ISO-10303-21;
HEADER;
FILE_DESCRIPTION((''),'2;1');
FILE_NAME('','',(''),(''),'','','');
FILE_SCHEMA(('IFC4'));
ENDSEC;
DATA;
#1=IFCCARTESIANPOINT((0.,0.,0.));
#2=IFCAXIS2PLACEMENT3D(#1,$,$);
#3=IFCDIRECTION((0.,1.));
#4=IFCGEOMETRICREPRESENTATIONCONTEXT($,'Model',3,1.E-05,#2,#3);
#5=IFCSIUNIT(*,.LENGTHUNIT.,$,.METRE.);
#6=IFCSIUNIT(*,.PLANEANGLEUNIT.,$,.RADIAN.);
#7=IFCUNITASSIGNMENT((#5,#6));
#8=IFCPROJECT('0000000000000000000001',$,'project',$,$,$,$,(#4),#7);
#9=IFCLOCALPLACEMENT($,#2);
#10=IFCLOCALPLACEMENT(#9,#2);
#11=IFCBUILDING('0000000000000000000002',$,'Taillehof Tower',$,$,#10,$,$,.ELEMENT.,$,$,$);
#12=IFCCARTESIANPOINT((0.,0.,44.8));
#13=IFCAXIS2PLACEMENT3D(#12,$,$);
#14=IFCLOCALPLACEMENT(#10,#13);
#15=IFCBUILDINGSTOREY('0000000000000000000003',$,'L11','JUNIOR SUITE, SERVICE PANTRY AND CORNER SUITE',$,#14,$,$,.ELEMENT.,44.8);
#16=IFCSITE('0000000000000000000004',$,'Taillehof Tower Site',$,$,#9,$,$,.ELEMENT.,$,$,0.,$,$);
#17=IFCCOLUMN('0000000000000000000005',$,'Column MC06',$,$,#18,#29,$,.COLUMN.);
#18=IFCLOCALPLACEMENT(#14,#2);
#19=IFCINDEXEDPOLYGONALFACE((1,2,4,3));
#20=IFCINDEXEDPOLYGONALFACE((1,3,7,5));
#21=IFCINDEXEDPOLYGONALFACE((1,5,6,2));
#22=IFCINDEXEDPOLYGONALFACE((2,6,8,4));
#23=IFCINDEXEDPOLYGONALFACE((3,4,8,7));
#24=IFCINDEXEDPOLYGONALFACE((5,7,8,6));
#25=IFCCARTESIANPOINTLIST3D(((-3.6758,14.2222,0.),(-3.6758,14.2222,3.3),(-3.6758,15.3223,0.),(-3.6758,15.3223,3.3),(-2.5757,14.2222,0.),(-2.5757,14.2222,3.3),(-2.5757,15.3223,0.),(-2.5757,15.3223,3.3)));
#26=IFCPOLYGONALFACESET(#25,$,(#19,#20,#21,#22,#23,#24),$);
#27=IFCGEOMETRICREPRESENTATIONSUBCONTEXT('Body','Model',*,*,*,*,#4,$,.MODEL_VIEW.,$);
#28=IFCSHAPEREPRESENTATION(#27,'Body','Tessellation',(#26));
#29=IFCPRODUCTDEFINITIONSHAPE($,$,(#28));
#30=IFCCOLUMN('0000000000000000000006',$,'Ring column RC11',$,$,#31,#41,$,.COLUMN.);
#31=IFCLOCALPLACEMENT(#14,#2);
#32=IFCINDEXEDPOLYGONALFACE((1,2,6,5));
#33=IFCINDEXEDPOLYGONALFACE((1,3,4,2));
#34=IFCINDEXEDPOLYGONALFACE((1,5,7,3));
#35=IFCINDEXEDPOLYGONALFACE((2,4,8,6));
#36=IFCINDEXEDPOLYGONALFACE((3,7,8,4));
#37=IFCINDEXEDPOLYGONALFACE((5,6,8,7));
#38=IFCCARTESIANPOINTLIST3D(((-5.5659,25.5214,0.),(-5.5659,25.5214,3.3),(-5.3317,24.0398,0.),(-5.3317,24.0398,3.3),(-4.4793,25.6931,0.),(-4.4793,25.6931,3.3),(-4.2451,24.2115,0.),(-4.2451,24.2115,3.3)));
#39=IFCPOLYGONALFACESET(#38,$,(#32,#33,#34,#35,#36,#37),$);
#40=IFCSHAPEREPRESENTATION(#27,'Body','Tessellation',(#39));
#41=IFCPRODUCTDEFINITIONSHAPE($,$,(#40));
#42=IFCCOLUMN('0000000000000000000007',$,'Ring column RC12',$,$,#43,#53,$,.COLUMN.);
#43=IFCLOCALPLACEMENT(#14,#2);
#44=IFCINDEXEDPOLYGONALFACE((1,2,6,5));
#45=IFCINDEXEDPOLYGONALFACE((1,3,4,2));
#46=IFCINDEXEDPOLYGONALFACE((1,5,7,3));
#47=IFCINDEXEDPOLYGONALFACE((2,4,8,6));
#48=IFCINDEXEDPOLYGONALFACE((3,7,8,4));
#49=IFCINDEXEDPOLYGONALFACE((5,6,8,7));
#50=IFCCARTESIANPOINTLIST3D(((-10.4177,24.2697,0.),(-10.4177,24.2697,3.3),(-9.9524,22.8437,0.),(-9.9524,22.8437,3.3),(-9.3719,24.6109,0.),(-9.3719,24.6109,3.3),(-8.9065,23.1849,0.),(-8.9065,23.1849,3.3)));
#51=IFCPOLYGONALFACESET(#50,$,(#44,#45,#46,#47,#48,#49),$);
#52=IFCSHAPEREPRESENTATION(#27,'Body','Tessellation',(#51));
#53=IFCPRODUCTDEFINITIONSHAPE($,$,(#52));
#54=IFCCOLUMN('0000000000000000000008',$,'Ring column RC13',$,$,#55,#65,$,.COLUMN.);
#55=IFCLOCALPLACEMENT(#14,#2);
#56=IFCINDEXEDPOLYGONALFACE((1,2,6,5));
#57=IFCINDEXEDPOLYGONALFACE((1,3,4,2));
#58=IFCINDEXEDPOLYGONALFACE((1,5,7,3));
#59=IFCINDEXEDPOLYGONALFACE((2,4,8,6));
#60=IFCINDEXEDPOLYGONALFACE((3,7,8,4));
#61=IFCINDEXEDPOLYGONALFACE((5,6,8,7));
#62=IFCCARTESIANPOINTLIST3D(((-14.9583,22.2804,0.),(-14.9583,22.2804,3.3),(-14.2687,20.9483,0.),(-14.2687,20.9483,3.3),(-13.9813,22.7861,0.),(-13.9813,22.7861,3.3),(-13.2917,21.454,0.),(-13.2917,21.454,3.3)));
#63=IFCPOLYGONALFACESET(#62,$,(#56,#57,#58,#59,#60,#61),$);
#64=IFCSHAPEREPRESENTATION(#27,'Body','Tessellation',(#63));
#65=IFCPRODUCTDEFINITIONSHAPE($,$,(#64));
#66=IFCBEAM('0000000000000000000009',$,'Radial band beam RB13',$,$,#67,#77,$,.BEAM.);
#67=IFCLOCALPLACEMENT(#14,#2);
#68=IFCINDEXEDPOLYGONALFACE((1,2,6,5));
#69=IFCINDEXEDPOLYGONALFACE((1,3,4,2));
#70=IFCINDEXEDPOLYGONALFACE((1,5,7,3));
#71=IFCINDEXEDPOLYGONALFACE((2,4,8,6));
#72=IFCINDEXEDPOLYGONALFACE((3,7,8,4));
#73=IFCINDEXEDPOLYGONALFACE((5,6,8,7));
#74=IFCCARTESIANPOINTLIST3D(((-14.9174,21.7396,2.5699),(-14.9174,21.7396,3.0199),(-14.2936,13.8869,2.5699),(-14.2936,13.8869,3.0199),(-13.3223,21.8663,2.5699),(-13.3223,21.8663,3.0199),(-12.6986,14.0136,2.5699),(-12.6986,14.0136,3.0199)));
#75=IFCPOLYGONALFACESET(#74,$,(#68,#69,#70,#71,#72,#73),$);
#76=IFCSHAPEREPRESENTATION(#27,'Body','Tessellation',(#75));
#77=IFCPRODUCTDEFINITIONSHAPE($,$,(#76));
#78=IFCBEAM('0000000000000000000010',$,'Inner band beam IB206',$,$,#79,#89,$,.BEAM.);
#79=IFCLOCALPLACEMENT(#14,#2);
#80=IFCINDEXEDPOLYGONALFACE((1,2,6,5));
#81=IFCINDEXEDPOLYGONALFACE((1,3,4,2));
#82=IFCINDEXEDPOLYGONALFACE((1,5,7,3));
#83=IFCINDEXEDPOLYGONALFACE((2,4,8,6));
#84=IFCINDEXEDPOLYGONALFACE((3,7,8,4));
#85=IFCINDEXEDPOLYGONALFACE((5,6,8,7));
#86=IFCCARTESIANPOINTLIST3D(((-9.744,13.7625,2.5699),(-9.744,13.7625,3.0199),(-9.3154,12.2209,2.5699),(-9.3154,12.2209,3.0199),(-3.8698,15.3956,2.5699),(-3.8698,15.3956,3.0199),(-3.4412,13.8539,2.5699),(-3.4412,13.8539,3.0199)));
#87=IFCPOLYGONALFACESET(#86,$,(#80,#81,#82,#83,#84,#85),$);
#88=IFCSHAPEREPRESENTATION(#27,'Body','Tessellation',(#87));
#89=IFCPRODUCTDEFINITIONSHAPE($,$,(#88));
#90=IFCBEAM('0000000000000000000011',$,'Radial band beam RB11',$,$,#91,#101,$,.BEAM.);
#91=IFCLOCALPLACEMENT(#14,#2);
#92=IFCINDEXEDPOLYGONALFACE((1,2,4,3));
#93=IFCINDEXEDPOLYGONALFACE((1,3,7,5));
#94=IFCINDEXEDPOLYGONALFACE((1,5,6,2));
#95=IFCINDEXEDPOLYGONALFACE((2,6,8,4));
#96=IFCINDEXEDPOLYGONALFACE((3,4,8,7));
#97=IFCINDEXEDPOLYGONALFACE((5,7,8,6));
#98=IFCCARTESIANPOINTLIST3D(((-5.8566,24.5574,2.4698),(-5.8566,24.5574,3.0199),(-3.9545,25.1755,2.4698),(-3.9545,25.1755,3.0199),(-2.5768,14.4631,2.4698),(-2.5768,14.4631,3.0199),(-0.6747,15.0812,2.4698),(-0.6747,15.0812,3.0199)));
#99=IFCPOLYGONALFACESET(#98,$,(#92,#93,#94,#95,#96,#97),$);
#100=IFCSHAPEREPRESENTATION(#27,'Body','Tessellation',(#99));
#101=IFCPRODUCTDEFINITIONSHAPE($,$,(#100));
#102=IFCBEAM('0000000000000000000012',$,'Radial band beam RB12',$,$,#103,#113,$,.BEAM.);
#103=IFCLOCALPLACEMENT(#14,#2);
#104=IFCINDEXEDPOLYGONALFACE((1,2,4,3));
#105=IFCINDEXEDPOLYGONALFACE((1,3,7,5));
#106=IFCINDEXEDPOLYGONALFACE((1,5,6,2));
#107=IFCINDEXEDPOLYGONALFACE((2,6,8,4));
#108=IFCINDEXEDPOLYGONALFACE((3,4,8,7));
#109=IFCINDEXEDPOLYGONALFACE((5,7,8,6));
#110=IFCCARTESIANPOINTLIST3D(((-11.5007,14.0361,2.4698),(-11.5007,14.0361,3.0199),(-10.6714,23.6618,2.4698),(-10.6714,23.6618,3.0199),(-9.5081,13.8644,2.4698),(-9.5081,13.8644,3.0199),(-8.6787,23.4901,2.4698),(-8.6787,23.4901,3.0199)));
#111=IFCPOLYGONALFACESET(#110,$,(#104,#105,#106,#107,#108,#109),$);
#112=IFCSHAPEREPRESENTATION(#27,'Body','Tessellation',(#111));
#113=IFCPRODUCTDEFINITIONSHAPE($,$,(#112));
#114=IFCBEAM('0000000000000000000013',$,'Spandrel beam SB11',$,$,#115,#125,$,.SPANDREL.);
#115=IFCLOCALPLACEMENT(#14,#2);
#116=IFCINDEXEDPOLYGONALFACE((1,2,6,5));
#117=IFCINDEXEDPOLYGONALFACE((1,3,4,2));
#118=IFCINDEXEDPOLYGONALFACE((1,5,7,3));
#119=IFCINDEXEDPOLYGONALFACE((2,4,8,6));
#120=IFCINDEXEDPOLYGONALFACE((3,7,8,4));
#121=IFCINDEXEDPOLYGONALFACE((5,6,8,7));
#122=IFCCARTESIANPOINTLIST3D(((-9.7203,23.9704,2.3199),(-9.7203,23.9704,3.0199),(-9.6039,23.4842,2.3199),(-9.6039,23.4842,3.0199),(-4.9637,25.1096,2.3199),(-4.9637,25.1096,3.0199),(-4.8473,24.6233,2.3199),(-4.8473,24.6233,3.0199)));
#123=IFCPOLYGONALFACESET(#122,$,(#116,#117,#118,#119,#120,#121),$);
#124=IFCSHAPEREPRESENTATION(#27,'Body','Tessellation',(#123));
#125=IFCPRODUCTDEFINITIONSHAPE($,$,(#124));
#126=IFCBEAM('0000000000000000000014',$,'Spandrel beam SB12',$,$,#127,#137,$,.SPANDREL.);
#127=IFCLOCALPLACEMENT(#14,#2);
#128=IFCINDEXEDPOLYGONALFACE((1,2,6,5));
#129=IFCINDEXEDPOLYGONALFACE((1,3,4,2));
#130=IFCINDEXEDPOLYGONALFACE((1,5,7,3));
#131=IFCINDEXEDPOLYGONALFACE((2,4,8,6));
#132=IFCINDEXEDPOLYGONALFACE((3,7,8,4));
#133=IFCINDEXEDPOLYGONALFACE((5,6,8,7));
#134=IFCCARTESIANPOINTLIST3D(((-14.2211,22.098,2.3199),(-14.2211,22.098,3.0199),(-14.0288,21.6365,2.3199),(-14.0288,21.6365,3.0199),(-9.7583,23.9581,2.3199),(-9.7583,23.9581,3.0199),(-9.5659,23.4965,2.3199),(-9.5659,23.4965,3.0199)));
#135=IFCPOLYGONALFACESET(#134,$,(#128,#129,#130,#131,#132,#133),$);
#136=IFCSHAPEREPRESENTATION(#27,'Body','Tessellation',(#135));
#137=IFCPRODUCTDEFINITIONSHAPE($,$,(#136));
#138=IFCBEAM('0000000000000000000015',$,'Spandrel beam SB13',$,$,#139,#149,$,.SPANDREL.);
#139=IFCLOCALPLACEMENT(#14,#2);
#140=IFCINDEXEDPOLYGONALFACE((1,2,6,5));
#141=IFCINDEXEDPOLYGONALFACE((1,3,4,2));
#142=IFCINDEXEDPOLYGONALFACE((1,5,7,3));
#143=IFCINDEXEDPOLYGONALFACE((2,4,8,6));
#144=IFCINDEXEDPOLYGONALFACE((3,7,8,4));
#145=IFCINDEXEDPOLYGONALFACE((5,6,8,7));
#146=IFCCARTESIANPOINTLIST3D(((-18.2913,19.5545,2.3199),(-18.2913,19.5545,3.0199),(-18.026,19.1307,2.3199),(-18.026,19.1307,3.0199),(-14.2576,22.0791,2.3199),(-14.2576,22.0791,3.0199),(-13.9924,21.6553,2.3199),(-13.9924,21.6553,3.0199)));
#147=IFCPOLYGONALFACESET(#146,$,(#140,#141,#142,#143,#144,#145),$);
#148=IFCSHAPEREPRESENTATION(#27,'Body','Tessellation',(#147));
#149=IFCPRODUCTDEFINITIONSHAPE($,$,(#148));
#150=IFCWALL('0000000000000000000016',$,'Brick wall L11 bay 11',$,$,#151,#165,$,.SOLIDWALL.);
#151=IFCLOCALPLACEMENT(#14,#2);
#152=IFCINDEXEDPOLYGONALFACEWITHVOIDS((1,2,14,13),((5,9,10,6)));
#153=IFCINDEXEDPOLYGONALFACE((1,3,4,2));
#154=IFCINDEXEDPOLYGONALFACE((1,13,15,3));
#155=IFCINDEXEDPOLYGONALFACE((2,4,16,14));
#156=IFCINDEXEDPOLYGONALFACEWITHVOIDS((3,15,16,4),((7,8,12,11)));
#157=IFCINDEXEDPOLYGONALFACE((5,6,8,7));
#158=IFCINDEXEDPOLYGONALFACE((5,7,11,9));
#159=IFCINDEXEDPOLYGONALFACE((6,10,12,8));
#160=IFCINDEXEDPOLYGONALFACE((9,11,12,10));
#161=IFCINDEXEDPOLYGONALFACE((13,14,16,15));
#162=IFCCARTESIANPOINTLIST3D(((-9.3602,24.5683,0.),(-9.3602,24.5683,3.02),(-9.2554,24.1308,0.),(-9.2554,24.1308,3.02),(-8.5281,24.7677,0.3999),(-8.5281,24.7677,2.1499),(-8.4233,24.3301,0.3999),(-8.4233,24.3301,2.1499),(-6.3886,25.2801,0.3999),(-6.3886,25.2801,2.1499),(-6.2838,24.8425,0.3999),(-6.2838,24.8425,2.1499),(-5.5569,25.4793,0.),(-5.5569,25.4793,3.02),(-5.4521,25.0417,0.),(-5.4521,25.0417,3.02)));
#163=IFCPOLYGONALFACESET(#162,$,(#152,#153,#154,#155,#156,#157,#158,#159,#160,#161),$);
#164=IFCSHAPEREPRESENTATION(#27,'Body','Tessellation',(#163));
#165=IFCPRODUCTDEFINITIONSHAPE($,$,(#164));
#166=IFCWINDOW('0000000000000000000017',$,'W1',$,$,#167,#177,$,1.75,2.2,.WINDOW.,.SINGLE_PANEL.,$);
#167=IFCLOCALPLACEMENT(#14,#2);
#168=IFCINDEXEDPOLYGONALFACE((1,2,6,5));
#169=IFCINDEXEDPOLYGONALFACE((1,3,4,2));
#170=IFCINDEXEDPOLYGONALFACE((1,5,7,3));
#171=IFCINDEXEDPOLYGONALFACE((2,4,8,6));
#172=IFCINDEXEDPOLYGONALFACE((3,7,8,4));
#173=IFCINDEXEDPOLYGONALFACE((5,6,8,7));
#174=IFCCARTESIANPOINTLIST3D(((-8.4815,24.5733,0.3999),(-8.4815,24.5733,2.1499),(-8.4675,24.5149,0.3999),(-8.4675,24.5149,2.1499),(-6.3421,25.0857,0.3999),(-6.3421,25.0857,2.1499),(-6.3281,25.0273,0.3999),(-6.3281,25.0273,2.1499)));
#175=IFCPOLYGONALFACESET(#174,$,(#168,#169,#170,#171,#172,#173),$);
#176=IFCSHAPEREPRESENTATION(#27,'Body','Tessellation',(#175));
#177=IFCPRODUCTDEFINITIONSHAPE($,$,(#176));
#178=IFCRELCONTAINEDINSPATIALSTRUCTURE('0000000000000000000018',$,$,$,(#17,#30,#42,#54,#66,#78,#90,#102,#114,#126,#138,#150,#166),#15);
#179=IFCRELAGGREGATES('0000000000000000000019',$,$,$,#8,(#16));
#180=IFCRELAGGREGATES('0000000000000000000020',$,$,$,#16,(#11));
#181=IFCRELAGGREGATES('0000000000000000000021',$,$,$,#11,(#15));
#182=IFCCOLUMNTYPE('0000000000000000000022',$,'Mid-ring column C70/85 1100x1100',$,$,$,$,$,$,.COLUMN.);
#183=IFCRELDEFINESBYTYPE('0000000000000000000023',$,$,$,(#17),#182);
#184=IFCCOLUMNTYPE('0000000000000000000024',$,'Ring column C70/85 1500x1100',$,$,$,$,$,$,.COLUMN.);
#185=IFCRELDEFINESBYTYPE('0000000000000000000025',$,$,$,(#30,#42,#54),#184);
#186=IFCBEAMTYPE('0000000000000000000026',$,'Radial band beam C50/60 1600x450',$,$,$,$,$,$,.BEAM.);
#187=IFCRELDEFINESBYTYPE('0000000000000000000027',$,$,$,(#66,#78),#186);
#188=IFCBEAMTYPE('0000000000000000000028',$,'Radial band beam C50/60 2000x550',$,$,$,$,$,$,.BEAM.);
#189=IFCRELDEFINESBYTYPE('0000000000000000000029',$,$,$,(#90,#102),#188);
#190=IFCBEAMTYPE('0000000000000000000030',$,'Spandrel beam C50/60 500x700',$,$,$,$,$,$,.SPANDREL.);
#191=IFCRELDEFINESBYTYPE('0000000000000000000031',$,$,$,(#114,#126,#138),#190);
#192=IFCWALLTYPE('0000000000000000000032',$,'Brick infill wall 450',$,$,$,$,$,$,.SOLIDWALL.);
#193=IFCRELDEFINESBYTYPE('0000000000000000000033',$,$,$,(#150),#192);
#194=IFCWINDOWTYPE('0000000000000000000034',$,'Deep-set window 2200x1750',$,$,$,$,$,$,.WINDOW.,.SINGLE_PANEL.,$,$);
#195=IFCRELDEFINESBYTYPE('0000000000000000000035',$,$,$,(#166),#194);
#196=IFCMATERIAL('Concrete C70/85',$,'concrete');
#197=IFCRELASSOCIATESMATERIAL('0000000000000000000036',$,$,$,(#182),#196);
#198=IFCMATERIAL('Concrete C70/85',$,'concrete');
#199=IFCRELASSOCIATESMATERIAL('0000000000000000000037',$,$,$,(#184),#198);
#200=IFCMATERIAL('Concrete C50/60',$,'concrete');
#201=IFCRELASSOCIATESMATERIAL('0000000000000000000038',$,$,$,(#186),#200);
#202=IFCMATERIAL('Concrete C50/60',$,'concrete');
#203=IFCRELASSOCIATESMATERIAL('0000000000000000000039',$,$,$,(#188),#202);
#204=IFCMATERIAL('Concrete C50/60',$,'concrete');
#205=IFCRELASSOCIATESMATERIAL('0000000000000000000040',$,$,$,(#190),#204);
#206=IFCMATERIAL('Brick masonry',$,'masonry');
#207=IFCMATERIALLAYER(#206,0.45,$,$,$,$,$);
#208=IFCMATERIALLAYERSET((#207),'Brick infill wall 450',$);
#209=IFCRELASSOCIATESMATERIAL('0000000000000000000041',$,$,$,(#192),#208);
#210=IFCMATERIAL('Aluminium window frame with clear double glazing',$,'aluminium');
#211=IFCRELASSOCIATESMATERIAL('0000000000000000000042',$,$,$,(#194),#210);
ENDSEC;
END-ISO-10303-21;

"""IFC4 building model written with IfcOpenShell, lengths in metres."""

from ifc_helpers import new_model, si_unit, direction, frame, frame_2d, origin, origin_2d, place, context, subcontext, project, spatial, rectangle, extrude, material, layer, layer_set, material_profile, profile_set, type_object, element, fill, save


model = new_model("IFC4")

# Units and contexts
model_context = context("Model", 3, precision=1e-05, world=origin(), true_north=direction((0.0, 1.0)))
body_context = subcontext(model_context, "Body", "Model", "MODEL_VIEW")
ifc_project = project(units=[si_unit("LENGTHUNIT", "METRE"), si_unit("PLANEANGLEUNIT", "RADIAN")], contexts=[model_context])

# Site, building, storey
site_placement = place(None, origin())
site = spatial("IfcSite", under=ifc_project, at=site_placement, Name="Taillehof Tower Site", CompositionType="ELEMENT", RefElevation=0.0)
building_placement = place(site_placement, origin())
building = spatial("IfcBuilding", under=site, at=building_placement, Name="Taillehof Tower", CompositionType="ELEMENT")
storey_placement = place(building_placement, frame((0.0, 0.0, 44.8)))
storey = spatial("IfcBuildingStorey", under=building, at=storey_placement, Name="L11", Description="JUNIOR SUITE, SERVICE PANTRY AND CORNER SUITE", CompositionType="ELEMENT", Elevation=44.8)

# Columns
ifc_material_1 = material(Name="Concrete C70/85", Category="concrete")
ifc_material_profile_1 = material_profile(ifc_material_1, rectangle(XDim=1.1001, YDim=1.1001, at=origin_2d()), Name="RC 1100x1100")
ifc_profile_set_1 = profile_set([ifc_material_profile_1], Name="Concrete C70/85")
column_type_1 = type_object("IfcColumnType", Name="Mid-ring column C70/85 1100x1100", PredefinedType="COLUMN", material=ifc_profile_set_1)
column_placement = place(storey_placement, frame((-3.1257, 14.7722, 0.0), z_axis=(0.0, 0.0, 1.0), x_axis=(1.0, 0.0, 0.0)))
element("IfcColumn", 1, at=column_placement, inside=storey, type_object=column_type_1, Name="Column MC06", PredefinedType="COLUMN", context=body_context, shape_type="SweptSolid", body=[
    extrude(rectangle(XDim=1.1001, YDim=1.1001, at=origin_2d()), origin(), (0.0, 0.0, 1.0), 3.3),
])
ifc_material_2 = material(Name="Concrete C70/85", Category="concrete")
ifc_material_profile_2 = material_profile(ifc_material_2, rectangle(XDim=1.5, YDim=1.1001, at=origin_2d()), Name="RC 1500x1100")
ifc_profile_set_2 = profile_set([ifc_material_profile_2], Name="Concrete C70/85")
column_type_2 = type_object("IfcColumnType", Name="Ring column C70/85 1500x1100", PredefinedType="COLUMN", material=ifc_profile_set_2)
for number, where, z_axis, x_axis, name in (
    (2, (-4.9055, 24.8665, 0.0), (0.0, 0.0, 1.0), (-0.156147, 0.987734, 0.0), "Ring column RC11"),
    (3, (-9.6621, 23.7273, 0.0), (0.0, 0.0, 1.0), (-0.310219, 0.950665, 0.0), "Ring column RC12"),
    (4, (-14.125, 21.8672, 0.0), (0.0, 0.0, 1.0), (-0.459691, 0.888079, 0.0), "Ring column RC13"),
):
    element("IfcColumn", number, at=place(storey_placement, frame(where, z_axis=z_axis, x_axis=x_axis)), inside=storey, type_object=column_type_2, Name=name, PredefinedType="COLUMN", context=body_context, shape_type="SweptSolid", body=[
        extrude(rectangle(XDim=1.5, YDim=1.1001, at=origin_2d()), origin(), (0.0, 0.0, 1.0), 3.3),
    ])

# Beams
ifc_material_3 = material(Name="Concrete C50/60", Category="concrete")
ifc_material_profile_3 = material_profile(ifc_material_3, rectangle(XDim=1.6001, YDim=0.45, at=origin_2d()), Name="RC 1600x450")
ifc_profile_set_3 = profile_set([ifc_material_profile_3], Name="Concrete C50/60")
beam_type_1 = type_object("IfcBeamType", Name="Radial band beam C50/60 1600x450", PredefinedType="BEAM", material=ifc_profile_set_3)
beam_1_placement = place(storey_placement, frame((-14.1199, 21.803, 2.7949), z_axis=(0.079185, -0.99686, 0.0), x_axis=(0.99686, 0.079185, 0.0)))
element("IfcBeam", 5, at=beam_1_placement, inside=storey, type_object=beam_type_1, Name="Radial band beam RB13", PredefinedType="BEAM", context=body_context, shape_type="SweptSolid", body=[
    extrude(rectangle(XDim=1.6001, YDim=0.45, at=origin_2d()), origin(), (0.0, 0.0, 1.0), 7.8774),
])
beam_2_placement = place(storey_placement, frame((-3.6555, 14.6248, 2.7949), z_axis=(-0.963459, -0.267855, 0.0), x_axis=(0.267855, -0.963459, 0.0)))
element("IfcBeam", 6, at=beam_2_placement, inside=storey, type_object=beam_type_1, Name="Inner band beam IB206", PredefinedType="BEAM", context=body_context, shape_type="SweptSolid", body=[
    extrude(rectangle(XDim=1.6001, YDim=0.45, at=origin_2d()), origin(), (0.0, 0.0, 1.0), 6.0969),
])
ifc_material_4 = material(Name="Concrete C50/60", Category="concrete")
ifc_material_profile_4 = material_profile(ifc_material_4, rectangle(XDim=2.0, YDim=0.55, at=origin_2d()), Name="RC 2000x550")
ifc_profile_set_4 = profile_set([ifc_material_profile_4], Name="Concrete C50/60")
beam_type_2 = type_object("IfcBeamType", Name="Radial band beam C50/60 2000x550", PredefinedType="BEAM", material=ifc_profile_set_4)
beam_3_placement = place(storey_placement, frame((-4.9055, 24.8665, 2.7449), z_axis=(0.309014, -0.951057, 0.0), x_axis=(0.951057, 0.309014, 0.0)))
element("IfcBeam", 7, at=beam_3_placement, inside=storey, type_object=beam_type_2, Name="Radial band beam RB11", PredefinedType="BEAM", context=body_context, shape_type="SweptSolid", body=[
    extrude(rectangle(XDim=2.0, YDim=0.55, at=origin_2d()), origin(), (0.0, 0.0, 1.0), 10.6138),
])
beam_4_placement = place(storey_placement, frame((-9.675, 23.5759, 2.7449), z_axis=(-0.085841, -0.996309, 0.0), x_axis=(0.996309, -0.085841, 0.0)))
element("IfcBeam", 8, at=beam_4_placement, inside=storey, type_object=beam_type_2, Name="Radial band beam RB12", PredefinedType="BEAM", context=body_context, shape_type="SweptSolid", body=[
    extrude(rectangle(XDim=2.0, YDim=0.55, at=origin_2d()), origin(), (0.0, 0.0, 1.0), 9.6614),
])
ifc_material_5 = material(Name="Concrete C50/60", Category="concrete")
ifc_material_profile_5 = material_profile(ifc_material_5, rectangle(XDim=0.5, YDim=0.7, at=origin_2d()), Name="RC 500x700")
ifc_profile_set_5 = profile_set([ifc_material_profile_5], Name="Concrete C50/60")
beam_type_3 = type_object("IfcBeamType", Name="Spandrel beam C50/60 500x700", PredefinedType="SPANDREL", material=ifc_profile_set_5)
beam_5_placement = place(storey_placement, frame((-4.9055, 24.8665, 2.6699), z_axis=(-0.9725, -0.232905, 0.0), x_axis=(0.232905, -0.9725, 0.0)))
element("IfcBeam", 9, at=beam_5_placement, inside=storey, type_object=beam_type_3, Name="Spandrel beam SB11", PredefinedType="SPANDREL", context=body_context, shape_type="SweptSolid", body=[
    extrude(rectangle(XDim=0.5, YDim=0.7, at=origin_2d()), origin(), (0.0, 0.0, 1.0), 4.8911),
])
beam_6_placement = place(storey_placement, frame((-9.6621, 23.7273, 2.6699), z_axis=(-0.923035, -0.384716, 0.0), x_axis=(0.384716, -0.923035, 0.0)))
element("IfcBeam", 10, at=beam_6_placement, inside=storey, type_object=beam_type_3, Name="Spandrel beam SB12", PredefinedType="SPANDREL", context=body_context, shape_type="SweptSolid", body=[
    extrude(rectangle(XDim=0.5, YDim=0.7, at=origin_2d()), origin(), (0.0, 0.0, 1.0), 4.835),
])
beam_7_placement = place(storey_placement, frame((-14.125, 21.8672, 2.6699), z_axis=(-0.847658, -0.530543, 0.0), x_axis=(0.530543, -0.847658, 0.0)))
element("IfcBeam", 11, at=beam_7_placement, inside=storey, type_object=beam_type_3, Name="Spandrel beam SB13", PredefinedType="SPANDREL", context=body_context, shape_type="SweptSolid", body=[
    extrude(rectangle(XDim=0.5, YDim=0.7, at=origin_2d()), origin(), (0.0, 0.0, 1.0), 4.7585),
])

# Wall, opening, window
ifc_material_6 = material(Name="Brick masonry", Category="masonry")
ifc_layer_1 = layer(ifc_material_6, 0.45)
ifc_layer_set_1 = layer_set([ifc_layer_1], Name="Brick infill wall 450")
wall_type_1 = type_object("IfcWallType", Name="Brick infill wall 450", PredefinedType="SOLIDWALL", material=ifc_layer_set_1)
wall_1_placement = place(storey_placement, frame((-5.5044, 25.2605, 0.0), z_axis=(0.0, 0.0, 1.0), x_axis=(-0.972497, -0.232917, 0.0)))
wall_1 = element("IfcWall", 12, at=wall_1_placement, inside=storey, type_object=wall_type_1, Name="Brick wall L11 bay 11", PredefinedType="SOLIDWALL", context=body_context, shape_type="SweptSolid", body=[
    extrude(rectangle(XDim=3.9109, YDim=0.45, at=frame_2d((1.9556, 0.0))), origin(), (0.0, 0.0, 1.0), 3.02),
])
opening_1_placement = place(wall_1_placement, frame((0.8552, 0.0, 0.3999)))
opening_1 = element("IfcOpeningElement", 13, at=opening_1_placement, cuts=wall_1, PredefinedType="OPENING", context=body_context, shape_type="SweptSolid", body=[
    extrude(rectangle(XDim=2.2, YDim=1.75, at=frame_2d((1.1001, 0.875))), frame((0.0, 0.2349, 0.0), z_axis=(0.0, -1.0, 0.0), x_axis=(1.0, 0.0, 0.0)), (0.0, 0.0, 1.0), 0.47),
])
ifc_material_7 = material(Name="Aluminium window frame with clear double glazing", Category="aluminium")
window_type_1 = type_object("IfcWindowType", Name="Deep-set window 2200x1750", PartitioningType="SINGLE_PANEL", PredefinedType="WINDOW", material=ifc_material_7)
window_1_placement = place(opening_1_placement, origin())
window_1 = element("IfcWindow", 14, at=window_1_placement, inside=storey, type_object=window_type_1, Name="W1", OverallHeight=1.75, OverallWidth=2.2, PartitioningType="SINGLE_PANEL", PredefinedType="WINDOW", context=body_context, shape_type="SweptSolid", body=[
    extrude(rectangle(XDim=2.2, YDim=1.75, at=frame_2d((1.1001, 0.875))), frame((0.0, 0.0349, 0.0), z_axis=(0.0, -1.0, 0.0), x_axis=(1.0, 0.0, 0.0)), (0.0, 0.0, 1.0), 0.0601),
])
fill(opening_1, window_1)

save(model, "model.ifc")
